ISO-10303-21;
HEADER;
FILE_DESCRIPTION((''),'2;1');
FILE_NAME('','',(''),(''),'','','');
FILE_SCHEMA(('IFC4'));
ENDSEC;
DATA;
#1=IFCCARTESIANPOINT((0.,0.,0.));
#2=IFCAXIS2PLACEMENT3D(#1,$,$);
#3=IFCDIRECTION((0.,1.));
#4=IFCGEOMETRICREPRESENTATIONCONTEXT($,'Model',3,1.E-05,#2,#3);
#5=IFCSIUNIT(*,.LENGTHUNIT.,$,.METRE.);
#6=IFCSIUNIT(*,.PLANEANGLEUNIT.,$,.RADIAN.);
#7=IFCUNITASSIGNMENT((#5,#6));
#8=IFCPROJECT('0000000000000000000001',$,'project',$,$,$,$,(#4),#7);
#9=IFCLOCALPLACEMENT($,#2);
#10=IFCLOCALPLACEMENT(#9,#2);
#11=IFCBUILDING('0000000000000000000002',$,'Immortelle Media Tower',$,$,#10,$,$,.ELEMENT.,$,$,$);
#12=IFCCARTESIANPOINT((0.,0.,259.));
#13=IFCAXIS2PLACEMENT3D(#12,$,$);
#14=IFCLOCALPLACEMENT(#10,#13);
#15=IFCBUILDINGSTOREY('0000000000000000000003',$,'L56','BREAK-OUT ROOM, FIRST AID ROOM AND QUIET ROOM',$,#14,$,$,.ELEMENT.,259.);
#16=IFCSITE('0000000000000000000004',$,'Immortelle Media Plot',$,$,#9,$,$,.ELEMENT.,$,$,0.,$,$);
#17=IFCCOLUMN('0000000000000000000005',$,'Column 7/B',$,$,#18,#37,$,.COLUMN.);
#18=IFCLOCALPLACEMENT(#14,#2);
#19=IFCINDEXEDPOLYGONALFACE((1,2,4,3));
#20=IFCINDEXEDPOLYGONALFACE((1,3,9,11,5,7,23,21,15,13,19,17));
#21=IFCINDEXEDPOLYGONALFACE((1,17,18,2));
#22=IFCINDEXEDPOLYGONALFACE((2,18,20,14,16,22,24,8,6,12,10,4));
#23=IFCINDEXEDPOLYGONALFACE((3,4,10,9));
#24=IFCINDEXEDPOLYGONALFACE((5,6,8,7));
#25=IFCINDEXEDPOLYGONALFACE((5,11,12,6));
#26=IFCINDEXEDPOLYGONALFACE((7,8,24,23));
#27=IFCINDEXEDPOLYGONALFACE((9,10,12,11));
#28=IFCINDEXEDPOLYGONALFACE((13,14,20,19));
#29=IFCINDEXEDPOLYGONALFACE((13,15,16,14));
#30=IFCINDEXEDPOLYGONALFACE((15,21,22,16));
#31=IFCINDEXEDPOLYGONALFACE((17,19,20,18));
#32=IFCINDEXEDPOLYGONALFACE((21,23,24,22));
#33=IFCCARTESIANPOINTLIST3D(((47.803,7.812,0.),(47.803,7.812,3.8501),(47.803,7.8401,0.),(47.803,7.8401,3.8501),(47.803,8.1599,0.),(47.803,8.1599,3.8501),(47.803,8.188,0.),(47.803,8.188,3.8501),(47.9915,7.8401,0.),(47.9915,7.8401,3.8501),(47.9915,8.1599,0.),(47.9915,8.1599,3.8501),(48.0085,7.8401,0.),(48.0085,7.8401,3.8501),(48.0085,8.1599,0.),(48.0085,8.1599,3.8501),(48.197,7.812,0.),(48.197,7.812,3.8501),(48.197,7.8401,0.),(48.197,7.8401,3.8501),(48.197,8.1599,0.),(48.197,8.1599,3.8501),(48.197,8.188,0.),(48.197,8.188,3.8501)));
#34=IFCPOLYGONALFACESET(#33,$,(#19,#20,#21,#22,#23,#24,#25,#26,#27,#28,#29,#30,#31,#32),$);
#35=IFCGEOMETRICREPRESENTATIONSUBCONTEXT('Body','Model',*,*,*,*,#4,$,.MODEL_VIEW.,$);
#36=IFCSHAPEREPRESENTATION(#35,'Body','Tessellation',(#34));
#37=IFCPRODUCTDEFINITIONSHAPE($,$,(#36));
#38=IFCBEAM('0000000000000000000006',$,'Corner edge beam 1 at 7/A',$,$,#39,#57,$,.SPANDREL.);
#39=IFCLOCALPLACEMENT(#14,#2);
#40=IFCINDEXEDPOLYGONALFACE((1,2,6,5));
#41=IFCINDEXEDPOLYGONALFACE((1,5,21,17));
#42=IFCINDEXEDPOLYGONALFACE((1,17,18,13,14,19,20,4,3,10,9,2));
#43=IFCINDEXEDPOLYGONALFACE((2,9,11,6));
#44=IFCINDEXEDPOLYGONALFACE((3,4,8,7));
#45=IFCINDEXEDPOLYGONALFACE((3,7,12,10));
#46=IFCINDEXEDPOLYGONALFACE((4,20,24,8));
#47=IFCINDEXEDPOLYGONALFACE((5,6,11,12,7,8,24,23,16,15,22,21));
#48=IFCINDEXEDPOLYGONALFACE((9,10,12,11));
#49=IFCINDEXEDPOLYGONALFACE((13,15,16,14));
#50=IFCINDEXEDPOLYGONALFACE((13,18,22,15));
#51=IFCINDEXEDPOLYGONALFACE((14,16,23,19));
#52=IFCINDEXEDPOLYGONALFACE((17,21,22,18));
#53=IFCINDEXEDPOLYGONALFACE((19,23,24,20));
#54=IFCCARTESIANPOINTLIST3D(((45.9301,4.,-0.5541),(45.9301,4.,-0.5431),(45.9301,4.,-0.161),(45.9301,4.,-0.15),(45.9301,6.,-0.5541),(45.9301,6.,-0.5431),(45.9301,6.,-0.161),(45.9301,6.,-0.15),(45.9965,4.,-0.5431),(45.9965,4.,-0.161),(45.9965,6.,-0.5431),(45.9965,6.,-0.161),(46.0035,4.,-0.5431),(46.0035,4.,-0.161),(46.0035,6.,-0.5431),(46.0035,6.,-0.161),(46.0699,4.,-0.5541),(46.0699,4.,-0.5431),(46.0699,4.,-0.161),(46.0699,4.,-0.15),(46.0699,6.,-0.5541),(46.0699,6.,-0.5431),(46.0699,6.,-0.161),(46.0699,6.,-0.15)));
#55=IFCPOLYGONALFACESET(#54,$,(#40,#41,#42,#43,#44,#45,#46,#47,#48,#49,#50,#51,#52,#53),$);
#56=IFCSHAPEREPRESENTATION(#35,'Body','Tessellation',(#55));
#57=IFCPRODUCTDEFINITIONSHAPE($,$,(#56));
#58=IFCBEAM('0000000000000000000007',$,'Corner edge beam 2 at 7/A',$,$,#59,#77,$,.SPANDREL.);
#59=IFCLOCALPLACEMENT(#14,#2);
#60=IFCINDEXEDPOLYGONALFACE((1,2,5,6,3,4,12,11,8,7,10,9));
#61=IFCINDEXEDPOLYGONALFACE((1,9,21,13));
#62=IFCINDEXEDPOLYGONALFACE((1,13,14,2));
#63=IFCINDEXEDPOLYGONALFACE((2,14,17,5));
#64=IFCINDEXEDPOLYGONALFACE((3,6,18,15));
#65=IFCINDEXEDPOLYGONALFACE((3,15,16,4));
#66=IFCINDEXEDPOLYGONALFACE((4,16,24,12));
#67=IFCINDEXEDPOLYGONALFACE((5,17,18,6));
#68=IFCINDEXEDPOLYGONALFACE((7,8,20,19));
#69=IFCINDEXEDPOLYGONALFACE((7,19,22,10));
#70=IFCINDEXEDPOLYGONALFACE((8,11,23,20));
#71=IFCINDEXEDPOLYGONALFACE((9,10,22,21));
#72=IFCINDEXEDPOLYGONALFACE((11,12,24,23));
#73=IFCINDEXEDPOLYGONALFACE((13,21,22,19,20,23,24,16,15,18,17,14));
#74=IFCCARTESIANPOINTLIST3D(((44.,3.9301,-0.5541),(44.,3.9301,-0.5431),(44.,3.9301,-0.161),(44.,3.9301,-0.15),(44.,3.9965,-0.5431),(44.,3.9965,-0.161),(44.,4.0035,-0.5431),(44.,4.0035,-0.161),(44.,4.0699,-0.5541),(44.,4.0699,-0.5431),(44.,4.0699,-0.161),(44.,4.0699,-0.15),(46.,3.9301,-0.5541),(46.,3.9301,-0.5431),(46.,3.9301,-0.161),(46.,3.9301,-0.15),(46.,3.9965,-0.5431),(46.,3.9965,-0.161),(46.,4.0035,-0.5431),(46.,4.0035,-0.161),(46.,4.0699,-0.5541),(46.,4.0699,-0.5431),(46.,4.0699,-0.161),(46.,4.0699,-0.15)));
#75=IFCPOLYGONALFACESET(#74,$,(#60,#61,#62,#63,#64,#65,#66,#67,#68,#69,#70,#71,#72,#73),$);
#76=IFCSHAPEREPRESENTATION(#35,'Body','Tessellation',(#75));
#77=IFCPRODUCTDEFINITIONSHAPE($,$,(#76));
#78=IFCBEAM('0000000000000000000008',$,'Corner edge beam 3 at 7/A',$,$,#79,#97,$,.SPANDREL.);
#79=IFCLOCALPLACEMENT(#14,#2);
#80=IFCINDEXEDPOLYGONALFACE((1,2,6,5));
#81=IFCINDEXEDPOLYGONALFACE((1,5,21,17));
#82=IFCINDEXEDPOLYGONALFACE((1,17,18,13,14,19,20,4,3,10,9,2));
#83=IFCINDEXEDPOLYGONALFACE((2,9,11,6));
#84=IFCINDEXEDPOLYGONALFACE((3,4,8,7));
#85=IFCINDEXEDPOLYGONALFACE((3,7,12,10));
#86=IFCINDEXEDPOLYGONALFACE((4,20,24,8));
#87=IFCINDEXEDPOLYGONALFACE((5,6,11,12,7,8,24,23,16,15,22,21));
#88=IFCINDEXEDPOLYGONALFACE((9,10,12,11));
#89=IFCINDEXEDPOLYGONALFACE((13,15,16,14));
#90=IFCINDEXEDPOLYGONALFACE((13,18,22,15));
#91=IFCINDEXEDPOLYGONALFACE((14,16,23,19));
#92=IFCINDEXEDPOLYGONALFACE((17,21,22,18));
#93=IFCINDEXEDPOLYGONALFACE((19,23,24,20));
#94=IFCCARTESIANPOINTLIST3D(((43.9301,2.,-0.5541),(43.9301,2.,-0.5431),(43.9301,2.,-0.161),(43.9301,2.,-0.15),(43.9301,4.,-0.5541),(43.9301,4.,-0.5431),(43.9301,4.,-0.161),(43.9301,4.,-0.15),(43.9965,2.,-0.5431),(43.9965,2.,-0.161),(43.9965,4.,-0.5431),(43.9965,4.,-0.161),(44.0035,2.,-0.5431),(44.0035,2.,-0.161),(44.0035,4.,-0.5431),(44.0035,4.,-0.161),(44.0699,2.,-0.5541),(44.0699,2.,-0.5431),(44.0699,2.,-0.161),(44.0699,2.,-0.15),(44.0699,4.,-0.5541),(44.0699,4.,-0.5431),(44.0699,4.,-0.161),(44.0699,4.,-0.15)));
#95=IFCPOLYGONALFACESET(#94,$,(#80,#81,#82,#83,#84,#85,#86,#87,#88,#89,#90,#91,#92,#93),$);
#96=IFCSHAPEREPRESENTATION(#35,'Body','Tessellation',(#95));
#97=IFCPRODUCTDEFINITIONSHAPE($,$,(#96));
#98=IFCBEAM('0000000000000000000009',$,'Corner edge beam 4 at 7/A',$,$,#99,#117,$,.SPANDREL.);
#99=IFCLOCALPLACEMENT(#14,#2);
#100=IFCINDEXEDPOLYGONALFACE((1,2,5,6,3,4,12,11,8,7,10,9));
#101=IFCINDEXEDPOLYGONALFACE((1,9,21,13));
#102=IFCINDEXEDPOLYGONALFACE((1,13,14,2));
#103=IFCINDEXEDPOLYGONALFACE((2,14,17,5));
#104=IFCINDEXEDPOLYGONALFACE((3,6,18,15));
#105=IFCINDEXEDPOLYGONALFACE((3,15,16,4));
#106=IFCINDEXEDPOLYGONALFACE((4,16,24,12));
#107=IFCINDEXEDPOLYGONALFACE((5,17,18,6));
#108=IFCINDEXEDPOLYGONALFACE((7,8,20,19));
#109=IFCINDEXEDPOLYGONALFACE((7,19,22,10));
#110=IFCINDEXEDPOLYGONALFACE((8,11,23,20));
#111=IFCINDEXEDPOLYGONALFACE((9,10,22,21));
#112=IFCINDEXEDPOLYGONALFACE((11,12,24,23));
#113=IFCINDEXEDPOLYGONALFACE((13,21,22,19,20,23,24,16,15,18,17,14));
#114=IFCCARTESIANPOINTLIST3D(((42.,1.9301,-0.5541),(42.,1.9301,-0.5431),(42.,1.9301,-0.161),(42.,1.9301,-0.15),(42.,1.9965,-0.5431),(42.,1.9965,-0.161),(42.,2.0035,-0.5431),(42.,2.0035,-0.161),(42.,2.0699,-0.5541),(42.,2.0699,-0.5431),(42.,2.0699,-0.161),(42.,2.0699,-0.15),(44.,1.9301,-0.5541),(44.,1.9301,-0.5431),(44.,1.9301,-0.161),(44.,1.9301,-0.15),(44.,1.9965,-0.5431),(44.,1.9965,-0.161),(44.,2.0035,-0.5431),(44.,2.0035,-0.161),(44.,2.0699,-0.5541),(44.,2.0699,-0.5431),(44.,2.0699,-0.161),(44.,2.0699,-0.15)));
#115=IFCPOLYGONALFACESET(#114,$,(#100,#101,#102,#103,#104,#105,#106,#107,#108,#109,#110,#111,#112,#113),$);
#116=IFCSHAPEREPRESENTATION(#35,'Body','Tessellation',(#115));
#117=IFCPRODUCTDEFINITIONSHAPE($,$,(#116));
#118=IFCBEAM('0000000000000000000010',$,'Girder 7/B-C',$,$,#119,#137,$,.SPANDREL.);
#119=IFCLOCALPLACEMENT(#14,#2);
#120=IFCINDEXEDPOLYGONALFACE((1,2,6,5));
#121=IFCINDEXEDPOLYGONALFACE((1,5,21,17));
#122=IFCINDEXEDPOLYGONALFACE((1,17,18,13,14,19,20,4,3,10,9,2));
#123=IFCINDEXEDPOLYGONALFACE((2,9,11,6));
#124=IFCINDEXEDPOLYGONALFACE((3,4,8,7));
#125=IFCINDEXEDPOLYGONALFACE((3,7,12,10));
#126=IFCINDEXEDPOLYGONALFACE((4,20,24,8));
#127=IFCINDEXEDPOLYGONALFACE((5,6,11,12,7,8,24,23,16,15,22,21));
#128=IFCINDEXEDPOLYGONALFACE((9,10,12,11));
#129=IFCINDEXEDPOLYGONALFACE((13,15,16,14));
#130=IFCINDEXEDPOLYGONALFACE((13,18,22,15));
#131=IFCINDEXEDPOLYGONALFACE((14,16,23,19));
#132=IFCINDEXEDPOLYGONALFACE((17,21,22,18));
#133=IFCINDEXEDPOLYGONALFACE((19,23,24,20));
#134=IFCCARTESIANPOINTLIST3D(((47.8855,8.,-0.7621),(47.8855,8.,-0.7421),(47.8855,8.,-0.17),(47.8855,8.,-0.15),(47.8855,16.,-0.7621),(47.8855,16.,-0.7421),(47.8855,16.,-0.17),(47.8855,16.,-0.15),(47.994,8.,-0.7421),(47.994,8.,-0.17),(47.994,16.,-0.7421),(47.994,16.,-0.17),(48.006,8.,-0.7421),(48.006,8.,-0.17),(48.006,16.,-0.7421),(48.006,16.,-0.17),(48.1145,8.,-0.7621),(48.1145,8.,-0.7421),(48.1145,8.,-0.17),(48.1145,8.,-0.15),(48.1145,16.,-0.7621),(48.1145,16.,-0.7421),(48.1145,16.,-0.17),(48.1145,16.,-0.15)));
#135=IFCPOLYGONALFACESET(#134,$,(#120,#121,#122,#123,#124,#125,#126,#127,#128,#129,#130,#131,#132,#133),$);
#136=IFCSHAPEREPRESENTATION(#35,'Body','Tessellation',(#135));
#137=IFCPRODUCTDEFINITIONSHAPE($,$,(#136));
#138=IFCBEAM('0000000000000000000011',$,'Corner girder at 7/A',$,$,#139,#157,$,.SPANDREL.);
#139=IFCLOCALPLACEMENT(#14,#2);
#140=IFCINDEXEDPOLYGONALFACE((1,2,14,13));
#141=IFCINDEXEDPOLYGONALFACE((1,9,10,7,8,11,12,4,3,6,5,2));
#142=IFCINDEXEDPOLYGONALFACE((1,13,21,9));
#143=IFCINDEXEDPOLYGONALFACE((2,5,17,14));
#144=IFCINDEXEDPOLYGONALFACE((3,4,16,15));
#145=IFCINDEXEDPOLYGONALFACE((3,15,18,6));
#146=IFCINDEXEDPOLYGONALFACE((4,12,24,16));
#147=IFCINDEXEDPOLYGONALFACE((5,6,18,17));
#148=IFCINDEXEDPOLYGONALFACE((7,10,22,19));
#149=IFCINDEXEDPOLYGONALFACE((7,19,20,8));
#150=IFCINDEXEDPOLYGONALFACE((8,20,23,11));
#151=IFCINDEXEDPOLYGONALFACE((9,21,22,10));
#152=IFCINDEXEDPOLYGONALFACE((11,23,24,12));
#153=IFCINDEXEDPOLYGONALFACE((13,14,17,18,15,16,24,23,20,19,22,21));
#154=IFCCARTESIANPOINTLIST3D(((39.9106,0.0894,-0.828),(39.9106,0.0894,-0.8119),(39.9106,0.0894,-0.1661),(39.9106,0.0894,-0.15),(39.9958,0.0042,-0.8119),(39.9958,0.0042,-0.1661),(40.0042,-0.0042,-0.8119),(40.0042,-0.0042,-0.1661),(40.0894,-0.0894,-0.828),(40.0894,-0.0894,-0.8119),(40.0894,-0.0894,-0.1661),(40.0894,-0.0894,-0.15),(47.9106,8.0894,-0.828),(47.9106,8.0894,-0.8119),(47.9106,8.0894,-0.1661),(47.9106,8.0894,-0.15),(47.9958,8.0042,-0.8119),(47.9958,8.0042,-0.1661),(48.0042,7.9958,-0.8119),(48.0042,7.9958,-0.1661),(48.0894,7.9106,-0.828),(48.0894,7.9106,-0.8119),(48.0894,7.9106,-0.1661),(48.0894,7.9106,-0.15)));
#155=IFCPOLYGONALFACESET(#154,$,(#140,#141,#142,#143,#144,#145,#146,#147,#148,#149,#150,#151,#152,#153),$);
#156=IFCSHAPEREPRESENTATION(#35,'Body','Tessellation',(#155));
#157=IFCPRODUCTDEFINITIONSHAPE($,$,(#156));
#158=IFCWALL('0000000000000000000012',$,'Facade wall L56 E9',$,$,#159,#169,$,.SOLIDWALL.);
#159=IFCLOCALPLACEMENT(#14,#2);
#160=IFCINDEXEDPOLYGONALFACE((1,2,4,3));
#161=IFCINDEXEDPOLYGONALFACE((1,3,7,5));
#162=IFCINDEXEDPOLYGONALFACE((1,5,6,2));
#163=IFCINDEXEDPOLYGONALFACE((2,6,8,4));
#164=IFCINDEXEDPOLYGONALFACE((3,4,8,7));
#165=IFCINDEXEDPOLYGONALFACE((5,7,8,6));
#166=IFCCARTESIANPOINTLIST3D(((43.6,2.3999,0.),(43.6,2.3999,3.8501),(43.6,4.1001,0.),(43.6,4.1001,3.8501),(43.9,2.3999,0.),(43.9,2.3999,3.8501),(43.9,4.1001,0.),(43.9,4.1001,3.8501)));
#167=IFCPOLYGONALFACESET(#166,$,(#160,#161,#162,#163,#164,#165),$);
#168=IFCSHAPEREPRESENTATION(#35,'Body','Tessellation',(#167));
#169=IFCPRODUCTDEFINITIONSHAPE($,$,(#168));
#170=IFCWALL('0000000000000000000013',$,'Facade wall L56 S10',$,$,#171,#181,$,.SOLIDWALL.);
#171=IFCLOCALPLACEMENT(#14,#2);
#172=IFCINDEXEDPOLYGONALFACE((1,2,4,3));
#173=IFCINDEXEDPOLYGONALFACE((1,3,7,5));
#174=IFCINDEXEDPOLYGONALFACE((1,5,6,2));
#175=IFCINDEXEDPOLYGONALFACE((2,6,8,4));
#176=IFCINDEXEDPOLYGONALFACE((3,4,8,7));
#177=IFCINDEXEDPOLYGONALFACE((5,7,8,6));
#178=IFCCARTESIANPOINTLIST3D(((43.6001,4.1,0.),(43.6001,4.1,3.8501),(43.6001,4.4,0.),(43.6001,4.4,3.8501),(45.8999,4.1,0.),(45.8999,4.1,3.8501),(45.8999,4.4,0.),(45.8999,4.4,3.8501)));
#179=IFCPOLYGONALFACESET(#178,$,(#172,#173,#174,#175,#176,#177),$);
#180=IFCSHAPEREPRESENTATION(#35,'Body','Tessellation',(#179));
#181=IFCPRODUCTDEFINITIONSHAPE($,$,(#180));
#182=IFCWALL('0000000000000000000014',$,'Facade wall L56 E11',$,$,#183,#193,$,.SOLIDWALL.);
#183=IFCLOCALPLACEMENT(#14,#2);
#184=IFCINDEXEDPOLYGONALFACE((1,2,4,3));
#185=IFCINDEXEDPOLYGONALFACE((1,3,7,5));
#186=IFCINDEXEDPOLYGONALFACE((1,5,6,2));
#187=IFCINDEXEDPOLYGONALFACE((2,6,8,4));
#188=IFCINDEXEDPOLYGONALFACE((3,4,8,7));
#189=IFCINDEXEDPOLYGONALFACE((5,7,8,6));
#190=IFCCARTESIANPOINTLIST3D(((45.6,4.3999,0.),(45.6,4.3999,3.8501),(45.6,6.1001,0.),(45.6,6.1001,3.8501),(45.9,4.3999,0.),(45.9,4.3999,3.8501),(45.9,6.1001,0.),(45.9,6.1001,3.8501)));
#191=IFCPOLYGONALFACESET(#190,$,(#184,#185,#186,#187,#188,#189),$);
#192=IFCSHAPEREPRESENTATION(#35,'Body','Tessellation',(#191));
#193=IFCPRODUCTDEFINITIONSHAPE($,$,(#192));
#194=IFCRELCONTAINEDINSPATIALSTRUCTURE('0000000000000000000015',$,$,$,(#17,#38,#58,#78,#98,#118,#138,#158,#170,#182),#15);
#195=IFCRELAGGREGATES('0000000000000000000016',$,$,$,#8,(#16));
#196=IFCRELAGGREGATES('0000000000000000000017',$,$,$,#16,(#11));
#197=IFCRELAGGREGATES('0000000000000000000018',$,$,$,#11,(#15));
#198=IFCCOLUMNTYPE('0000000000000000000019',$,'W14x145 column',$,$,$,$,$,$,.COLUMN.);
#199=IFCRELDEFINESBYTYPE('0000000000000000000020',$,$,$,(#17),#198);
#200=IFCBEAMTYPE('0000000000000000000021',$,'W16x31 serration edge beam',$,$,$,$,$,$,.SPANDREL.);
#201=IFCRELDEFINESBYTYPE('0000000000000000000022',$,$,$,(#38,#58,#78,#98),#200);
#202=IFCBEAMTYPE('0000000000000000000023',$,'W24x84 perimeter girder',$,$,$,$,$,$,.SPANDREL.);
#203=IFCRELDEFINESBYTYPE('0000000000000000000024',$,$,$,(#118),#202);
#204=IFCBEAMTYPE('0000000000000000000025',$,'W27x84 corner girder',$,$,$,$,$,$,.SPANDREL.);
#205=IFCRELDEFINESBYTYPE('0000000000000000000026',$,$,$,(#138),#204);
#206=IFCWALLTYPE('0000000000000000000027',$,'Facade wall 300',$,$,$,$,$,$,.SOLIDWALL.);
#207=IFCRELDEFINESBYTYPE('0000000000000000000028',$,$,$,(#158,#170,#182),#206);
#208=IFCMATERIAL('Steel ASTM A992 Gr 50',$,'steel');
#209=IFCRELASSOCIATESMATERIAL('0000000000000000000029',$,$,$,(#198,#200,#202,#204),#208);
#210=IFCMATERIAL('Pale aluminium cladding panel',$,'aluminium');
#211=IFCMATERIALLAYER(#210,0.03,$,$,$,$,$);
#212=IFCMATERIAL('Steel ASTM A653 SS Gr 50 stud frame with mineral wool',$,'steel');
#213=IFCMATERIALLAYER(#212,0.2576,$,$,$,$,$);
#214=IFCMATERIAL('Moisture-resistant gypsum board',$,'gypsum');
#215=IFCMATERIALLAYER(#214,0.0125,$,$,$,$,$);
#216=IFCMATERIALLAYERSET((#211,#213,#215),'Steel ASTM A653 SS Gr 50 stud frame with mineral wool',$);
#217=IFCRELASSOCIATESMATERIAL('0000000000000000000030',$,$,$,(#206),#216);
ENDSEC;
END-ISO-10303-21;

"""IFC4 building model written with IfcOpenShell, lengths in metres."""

from ifc_helpers import new_model, si_unit, direction, frame, frame_2d, origin, origin_2d, place, context, subcontext, project, spatial, rectangle, i_section, extrude, material, layer, layer_set, material_profile, profile_set, type_object, element, save


model = new_model("IFC4")

# Units and contexts
model_context = context("Model", 3, precision=1e-05, world=origin(), true_north=direction((0.0, 1.0)))
body_context = subcontext(model_context, "Body", "Model", "MODEL_VIEW")
ifc_project = project(units=[si_unit("LENGTHUNIT", "METRE"), si_unit("PLANEANGLEUNIT", "RADIAN")], contexts=[model_context])

# Site, building, storey
site_placement = place(None, origin())
site = spatial("IfcSite", under=ifc_project, at=site_placement, Name="Immortelle Media Plot", CompositionType="ELEMENT", RefElevation=0.0)
building_placement = place(site_placement, origin())
building = spatial("IfcBuilding", under=site, at=building_placement, Name="Immortelle Media Tower", CompositionType="ELEMENT")
storey_placement = place(building_placement, frame((0.0, 0.0, 259.0)))
storey = spatial("IfcBuildingStorey", under=building, at=storey_placement, Name="L56", Description="BREAK-OUT ROOM, FIRST AID ROOM AND QUIET ROOM", CompositionType="ELEMENT", Elevation=259.0)

# Column
ifc_material_1 = material(Name="Steel ASTM A992 Gr 50", Category="steel")
ifc_material_profile_1 = material_profile(ifc_material_1, i_section(OverallWidth=0.394, OverallDepth=0.376, WebThickness=0.0171, FlangeThickness=0.0281, at=origin_2d()), Name="W14x145")
ifc_profile_set_1 = profile_set([ifc_material_profile_1], Name="Steel ASTM A992 Gr 50")
column_type = type_object("IfcColumnType", Name="W14x145 column", PredefinedType="COLUMN", material=ifc_profile_set_1)
column_placement = place(storey_placement, frame((48.0, 8.0, 0.0), z_axis=(0.0, 0.0, 1.0), x_axis=(1.0, 0.0, 0.0)))
element("IfcColumn", 1, at=column_placement, inside=storey, type_object=column_type, Name="Column 7/B", PredefinedType="COLUMN", context=body_context, shape_type="SweptSolid", body=[
    extrude(i_section(OverallWidth=0.394, OverallDepth=0.376, WebThickness=0.0171, FlangeThickness=0.0281, at=origin_2d()), origin(), (0.0, 0.0, 1.0), 3.8501),
])

# Beams
ifc_material_profile_2 = material_profile(ifc_material_1, i_section(OverallWidth=0.1399, OverallDepth=0.4041, WebThickness=0.0071, FlangeThickness=0.011, at=origin_2d()), Name="W16x31")
ifc_profile_set_2 = profile_set([ifc_material_profile_2], Name="Steel ASTM A992 Gr 50")
beam_type_1 = type_object("IfcBeamType", Name="W16x31 serration edge beam", PredefinedType="SPANDREL", material=ifc_profile_set_2)
for number, where, z_axis, x_axis, name in (
    (2, (46.0, 6.0, -0.3521), (0.0, -1.0, 0.0), (1.0, 0.0, 0.0), "Corner edge beam 1 at 7/A"),
    (3, (46.0, 4.0, -0.3521), (-1.0, 0.0, 0.0), (0.0, -1.0, 0.0), "Corner edge beam 2 at 7/A"),
    (4, (44.0, 4.0, -0.3521), (0.0, -1.0, 0.0), (1.0, 0.0, 0.0), "Corner edge beam 3 at 7/A"),
    (5, (44.0, 2.0, -0.3521), (-1.0, 0.0, 0.0), (0.0, -1.0, 0.0), "Corner edge beam 4 at 7/A"),
):
    element("IfcBeam", number, at=place(storey_placement, frame(where, z_axis=z_axis, x_axis=x_axis)), inside=storey, type_object=beam_type_1, Name=name, PredefinedType="SPANDREL", context=body_context, shape_type="SweptSolid", body=[
        extrude(i_section(OverallWidth=0.1399, OverallDepth=0.4041, WebThickness=0.0071, FlangeThickness=0.011, at=origin_2d()), origin(), (0.0, 0.0, 1.0), 2.0),
    ])
ifc_material_profile_3 = material_profile(ifc_material_1, i_section(OverallWidth=0.229, OverallDepth=0.6121, WebThickness=0.012, FlangeThickness=0.02, at=origin_2d()), Name="W24x84")
ifc_profile_set_3 = profile_set([ifc_material_profile_3], Name="Steel ASTM A992 Gr 50")
beam_type_2 = type_object("IfcBeamType", Name="W24x84 perimeter girder", PredefinedType="SPANDREL", material=ifc_profile_set_3)
beam_1_placement = place(storey_placement, frame((48.0, 8.0, -0.4561), z_axis=(0.0, 1.0, 0.0), x_axis=(-1.0, 0.0, 0.0)))
element("IfcBeam", 6, at=beam_1_placement, inside=storey, type_object=beam_type_2, Name="Girder 7/B-C", PredefinedType="SPANDREL", context=body_context, shape_type="SweptSolid", body=[
    extrude(i_section(OverallWidth=0.229, OverallDepth=0.6121, WebThickness=0.012, FlangeThickness=0.02, at=origin_2d()), origin(), (0.0, 0.0, 1.0), 8.0),
])
ifc_material_profile_4 = material_profile(ifc_material_1, i_section(OverallWidth=0.2529, OverallDepth=0.678, WebThickness=0.012, FlangeThickness=0.0161, at=origin_2d()), Name="W27x84")
ifc_profile_set_4 = profile_set([ifc_material_profile_4], Name="Steel ASTM A992 Gr 50")
beam_type_3 = type_object("IfcBeamType", Name="W27x84 corner girder", PredefinedType="SPANDREL", material=ifc_profile_set_4)
beam_2_placement = place(storey_placement, frame((48.0, 8.0, -0.489), z_axis=(-0.707107, -0.707107, 0.0), x_axis=(0.707107, -0.707107, 0.0)))
element("IfcBeam", 7, at=beam_2_placement, inside=storey, type_object=beam_type_3, Name="Corner girder at 7/A", PredefinedType="SPANDREL", context=body_context, shape_type="SweptSolid", body=[
    extrude(i_section(OverallWidth=0.2529, OverallDepth=0.678, WebThickness=0.012, FlangeThickness=0.0161, at=origin_2d()), origin(), (0.0, 0.0, 1.0), 11.3137),
])

# Walls
ifc_material_2 = material(Name="Pale aluminium cladding panel", Category="aluminium")
ifc_layer_1 = layer(ifc_material_2, 0.03)
ifc_material_3 = material(Name="Steel ASTM A653 SS Gr 50 stud frame with mineral wool", Category="steel")
ifc_layer_2 = layer(ifc_material_3, 0.2576)
ifc_material_4 = material(Name="Moisture-resistant gypsum board", Category="gypsum")
ifc_layer_3 = layer(ifc_material_4, 0.0125)
ifc_layer_set_1 = layer_set([ifc_layer_1, ifc_layer_2, ifc_layer_3], Name="Steel ASTM A653 SS Gr 50 stud frame with mineral wool")
wall_type_1 = type_object("IfcWallType", Name="Facade wall 300", PredefinedType="SOLIDWALL", material=ifc_layer_set_1)
wall_1_placement = place(storey_placement, frame((43.75, 2.3999, 0.0), z_axis=(0.0, 0.0, 1.0), x_axis=(0.0, 1.0, 0.0)))
element("IfcWall", 8, at=wall_1_placement, inside=storey, type_object=wall_type_1, Name="Facade wall L56 E9", PredefinedType="SOLIDWALL", context=body_context, shape_type="SweptSolid", body=[
    extrude(rectangle(XDim=1.7002, YDim=0.3, at=frame_2d((0.8501, 0.0))), origin(), (0.0, 0.0, 1.0), 3.8501),
])
wall_2_placement = place(storey_placement, frame((43.6001, 4.25, 0.0), z_axis=(0.0, 0.0, 1.0), x_axis=(1.0, 0.0, 0.0)))
element("IfcWall", 9, at=wall_2_placement, inside=storey, type_object=wall_type_1, Name="Facade wall L56 S10", PredefinedType="SOLIDWALL", context=body_context, shape_type="SweptSolid", body=[
    extrude(rectangle(XDim=2.2998, YDim=0.3, at=frame_2d((1.1499, 0.0))), origin(), (0.0, 0.0, 1.0), 3.8501),
])
wall_3_placement = place(storey_placement, frame((45.75, 4.3999, 0.0), z_axis=(0.0, 0.0, 1.0), x_axis=(0.0, 1.0, 0.0)))
element("IfcWall", 10, at=wall_3_placement, inside=storey, type_object=wall_type_1, Name="Facade wall L56 E11", PredefinedType="SOLIDWALL", context=body_context, shape_type="SweptSolid", body=[
    extrude(rectangle(XDim=1.7002, YDim=0.3, at=frame_2d((0.8501, 0.0))), origin(), (0.0, 0.0, 1.0), 3.8501),
])

save(model, "model.ifc")
